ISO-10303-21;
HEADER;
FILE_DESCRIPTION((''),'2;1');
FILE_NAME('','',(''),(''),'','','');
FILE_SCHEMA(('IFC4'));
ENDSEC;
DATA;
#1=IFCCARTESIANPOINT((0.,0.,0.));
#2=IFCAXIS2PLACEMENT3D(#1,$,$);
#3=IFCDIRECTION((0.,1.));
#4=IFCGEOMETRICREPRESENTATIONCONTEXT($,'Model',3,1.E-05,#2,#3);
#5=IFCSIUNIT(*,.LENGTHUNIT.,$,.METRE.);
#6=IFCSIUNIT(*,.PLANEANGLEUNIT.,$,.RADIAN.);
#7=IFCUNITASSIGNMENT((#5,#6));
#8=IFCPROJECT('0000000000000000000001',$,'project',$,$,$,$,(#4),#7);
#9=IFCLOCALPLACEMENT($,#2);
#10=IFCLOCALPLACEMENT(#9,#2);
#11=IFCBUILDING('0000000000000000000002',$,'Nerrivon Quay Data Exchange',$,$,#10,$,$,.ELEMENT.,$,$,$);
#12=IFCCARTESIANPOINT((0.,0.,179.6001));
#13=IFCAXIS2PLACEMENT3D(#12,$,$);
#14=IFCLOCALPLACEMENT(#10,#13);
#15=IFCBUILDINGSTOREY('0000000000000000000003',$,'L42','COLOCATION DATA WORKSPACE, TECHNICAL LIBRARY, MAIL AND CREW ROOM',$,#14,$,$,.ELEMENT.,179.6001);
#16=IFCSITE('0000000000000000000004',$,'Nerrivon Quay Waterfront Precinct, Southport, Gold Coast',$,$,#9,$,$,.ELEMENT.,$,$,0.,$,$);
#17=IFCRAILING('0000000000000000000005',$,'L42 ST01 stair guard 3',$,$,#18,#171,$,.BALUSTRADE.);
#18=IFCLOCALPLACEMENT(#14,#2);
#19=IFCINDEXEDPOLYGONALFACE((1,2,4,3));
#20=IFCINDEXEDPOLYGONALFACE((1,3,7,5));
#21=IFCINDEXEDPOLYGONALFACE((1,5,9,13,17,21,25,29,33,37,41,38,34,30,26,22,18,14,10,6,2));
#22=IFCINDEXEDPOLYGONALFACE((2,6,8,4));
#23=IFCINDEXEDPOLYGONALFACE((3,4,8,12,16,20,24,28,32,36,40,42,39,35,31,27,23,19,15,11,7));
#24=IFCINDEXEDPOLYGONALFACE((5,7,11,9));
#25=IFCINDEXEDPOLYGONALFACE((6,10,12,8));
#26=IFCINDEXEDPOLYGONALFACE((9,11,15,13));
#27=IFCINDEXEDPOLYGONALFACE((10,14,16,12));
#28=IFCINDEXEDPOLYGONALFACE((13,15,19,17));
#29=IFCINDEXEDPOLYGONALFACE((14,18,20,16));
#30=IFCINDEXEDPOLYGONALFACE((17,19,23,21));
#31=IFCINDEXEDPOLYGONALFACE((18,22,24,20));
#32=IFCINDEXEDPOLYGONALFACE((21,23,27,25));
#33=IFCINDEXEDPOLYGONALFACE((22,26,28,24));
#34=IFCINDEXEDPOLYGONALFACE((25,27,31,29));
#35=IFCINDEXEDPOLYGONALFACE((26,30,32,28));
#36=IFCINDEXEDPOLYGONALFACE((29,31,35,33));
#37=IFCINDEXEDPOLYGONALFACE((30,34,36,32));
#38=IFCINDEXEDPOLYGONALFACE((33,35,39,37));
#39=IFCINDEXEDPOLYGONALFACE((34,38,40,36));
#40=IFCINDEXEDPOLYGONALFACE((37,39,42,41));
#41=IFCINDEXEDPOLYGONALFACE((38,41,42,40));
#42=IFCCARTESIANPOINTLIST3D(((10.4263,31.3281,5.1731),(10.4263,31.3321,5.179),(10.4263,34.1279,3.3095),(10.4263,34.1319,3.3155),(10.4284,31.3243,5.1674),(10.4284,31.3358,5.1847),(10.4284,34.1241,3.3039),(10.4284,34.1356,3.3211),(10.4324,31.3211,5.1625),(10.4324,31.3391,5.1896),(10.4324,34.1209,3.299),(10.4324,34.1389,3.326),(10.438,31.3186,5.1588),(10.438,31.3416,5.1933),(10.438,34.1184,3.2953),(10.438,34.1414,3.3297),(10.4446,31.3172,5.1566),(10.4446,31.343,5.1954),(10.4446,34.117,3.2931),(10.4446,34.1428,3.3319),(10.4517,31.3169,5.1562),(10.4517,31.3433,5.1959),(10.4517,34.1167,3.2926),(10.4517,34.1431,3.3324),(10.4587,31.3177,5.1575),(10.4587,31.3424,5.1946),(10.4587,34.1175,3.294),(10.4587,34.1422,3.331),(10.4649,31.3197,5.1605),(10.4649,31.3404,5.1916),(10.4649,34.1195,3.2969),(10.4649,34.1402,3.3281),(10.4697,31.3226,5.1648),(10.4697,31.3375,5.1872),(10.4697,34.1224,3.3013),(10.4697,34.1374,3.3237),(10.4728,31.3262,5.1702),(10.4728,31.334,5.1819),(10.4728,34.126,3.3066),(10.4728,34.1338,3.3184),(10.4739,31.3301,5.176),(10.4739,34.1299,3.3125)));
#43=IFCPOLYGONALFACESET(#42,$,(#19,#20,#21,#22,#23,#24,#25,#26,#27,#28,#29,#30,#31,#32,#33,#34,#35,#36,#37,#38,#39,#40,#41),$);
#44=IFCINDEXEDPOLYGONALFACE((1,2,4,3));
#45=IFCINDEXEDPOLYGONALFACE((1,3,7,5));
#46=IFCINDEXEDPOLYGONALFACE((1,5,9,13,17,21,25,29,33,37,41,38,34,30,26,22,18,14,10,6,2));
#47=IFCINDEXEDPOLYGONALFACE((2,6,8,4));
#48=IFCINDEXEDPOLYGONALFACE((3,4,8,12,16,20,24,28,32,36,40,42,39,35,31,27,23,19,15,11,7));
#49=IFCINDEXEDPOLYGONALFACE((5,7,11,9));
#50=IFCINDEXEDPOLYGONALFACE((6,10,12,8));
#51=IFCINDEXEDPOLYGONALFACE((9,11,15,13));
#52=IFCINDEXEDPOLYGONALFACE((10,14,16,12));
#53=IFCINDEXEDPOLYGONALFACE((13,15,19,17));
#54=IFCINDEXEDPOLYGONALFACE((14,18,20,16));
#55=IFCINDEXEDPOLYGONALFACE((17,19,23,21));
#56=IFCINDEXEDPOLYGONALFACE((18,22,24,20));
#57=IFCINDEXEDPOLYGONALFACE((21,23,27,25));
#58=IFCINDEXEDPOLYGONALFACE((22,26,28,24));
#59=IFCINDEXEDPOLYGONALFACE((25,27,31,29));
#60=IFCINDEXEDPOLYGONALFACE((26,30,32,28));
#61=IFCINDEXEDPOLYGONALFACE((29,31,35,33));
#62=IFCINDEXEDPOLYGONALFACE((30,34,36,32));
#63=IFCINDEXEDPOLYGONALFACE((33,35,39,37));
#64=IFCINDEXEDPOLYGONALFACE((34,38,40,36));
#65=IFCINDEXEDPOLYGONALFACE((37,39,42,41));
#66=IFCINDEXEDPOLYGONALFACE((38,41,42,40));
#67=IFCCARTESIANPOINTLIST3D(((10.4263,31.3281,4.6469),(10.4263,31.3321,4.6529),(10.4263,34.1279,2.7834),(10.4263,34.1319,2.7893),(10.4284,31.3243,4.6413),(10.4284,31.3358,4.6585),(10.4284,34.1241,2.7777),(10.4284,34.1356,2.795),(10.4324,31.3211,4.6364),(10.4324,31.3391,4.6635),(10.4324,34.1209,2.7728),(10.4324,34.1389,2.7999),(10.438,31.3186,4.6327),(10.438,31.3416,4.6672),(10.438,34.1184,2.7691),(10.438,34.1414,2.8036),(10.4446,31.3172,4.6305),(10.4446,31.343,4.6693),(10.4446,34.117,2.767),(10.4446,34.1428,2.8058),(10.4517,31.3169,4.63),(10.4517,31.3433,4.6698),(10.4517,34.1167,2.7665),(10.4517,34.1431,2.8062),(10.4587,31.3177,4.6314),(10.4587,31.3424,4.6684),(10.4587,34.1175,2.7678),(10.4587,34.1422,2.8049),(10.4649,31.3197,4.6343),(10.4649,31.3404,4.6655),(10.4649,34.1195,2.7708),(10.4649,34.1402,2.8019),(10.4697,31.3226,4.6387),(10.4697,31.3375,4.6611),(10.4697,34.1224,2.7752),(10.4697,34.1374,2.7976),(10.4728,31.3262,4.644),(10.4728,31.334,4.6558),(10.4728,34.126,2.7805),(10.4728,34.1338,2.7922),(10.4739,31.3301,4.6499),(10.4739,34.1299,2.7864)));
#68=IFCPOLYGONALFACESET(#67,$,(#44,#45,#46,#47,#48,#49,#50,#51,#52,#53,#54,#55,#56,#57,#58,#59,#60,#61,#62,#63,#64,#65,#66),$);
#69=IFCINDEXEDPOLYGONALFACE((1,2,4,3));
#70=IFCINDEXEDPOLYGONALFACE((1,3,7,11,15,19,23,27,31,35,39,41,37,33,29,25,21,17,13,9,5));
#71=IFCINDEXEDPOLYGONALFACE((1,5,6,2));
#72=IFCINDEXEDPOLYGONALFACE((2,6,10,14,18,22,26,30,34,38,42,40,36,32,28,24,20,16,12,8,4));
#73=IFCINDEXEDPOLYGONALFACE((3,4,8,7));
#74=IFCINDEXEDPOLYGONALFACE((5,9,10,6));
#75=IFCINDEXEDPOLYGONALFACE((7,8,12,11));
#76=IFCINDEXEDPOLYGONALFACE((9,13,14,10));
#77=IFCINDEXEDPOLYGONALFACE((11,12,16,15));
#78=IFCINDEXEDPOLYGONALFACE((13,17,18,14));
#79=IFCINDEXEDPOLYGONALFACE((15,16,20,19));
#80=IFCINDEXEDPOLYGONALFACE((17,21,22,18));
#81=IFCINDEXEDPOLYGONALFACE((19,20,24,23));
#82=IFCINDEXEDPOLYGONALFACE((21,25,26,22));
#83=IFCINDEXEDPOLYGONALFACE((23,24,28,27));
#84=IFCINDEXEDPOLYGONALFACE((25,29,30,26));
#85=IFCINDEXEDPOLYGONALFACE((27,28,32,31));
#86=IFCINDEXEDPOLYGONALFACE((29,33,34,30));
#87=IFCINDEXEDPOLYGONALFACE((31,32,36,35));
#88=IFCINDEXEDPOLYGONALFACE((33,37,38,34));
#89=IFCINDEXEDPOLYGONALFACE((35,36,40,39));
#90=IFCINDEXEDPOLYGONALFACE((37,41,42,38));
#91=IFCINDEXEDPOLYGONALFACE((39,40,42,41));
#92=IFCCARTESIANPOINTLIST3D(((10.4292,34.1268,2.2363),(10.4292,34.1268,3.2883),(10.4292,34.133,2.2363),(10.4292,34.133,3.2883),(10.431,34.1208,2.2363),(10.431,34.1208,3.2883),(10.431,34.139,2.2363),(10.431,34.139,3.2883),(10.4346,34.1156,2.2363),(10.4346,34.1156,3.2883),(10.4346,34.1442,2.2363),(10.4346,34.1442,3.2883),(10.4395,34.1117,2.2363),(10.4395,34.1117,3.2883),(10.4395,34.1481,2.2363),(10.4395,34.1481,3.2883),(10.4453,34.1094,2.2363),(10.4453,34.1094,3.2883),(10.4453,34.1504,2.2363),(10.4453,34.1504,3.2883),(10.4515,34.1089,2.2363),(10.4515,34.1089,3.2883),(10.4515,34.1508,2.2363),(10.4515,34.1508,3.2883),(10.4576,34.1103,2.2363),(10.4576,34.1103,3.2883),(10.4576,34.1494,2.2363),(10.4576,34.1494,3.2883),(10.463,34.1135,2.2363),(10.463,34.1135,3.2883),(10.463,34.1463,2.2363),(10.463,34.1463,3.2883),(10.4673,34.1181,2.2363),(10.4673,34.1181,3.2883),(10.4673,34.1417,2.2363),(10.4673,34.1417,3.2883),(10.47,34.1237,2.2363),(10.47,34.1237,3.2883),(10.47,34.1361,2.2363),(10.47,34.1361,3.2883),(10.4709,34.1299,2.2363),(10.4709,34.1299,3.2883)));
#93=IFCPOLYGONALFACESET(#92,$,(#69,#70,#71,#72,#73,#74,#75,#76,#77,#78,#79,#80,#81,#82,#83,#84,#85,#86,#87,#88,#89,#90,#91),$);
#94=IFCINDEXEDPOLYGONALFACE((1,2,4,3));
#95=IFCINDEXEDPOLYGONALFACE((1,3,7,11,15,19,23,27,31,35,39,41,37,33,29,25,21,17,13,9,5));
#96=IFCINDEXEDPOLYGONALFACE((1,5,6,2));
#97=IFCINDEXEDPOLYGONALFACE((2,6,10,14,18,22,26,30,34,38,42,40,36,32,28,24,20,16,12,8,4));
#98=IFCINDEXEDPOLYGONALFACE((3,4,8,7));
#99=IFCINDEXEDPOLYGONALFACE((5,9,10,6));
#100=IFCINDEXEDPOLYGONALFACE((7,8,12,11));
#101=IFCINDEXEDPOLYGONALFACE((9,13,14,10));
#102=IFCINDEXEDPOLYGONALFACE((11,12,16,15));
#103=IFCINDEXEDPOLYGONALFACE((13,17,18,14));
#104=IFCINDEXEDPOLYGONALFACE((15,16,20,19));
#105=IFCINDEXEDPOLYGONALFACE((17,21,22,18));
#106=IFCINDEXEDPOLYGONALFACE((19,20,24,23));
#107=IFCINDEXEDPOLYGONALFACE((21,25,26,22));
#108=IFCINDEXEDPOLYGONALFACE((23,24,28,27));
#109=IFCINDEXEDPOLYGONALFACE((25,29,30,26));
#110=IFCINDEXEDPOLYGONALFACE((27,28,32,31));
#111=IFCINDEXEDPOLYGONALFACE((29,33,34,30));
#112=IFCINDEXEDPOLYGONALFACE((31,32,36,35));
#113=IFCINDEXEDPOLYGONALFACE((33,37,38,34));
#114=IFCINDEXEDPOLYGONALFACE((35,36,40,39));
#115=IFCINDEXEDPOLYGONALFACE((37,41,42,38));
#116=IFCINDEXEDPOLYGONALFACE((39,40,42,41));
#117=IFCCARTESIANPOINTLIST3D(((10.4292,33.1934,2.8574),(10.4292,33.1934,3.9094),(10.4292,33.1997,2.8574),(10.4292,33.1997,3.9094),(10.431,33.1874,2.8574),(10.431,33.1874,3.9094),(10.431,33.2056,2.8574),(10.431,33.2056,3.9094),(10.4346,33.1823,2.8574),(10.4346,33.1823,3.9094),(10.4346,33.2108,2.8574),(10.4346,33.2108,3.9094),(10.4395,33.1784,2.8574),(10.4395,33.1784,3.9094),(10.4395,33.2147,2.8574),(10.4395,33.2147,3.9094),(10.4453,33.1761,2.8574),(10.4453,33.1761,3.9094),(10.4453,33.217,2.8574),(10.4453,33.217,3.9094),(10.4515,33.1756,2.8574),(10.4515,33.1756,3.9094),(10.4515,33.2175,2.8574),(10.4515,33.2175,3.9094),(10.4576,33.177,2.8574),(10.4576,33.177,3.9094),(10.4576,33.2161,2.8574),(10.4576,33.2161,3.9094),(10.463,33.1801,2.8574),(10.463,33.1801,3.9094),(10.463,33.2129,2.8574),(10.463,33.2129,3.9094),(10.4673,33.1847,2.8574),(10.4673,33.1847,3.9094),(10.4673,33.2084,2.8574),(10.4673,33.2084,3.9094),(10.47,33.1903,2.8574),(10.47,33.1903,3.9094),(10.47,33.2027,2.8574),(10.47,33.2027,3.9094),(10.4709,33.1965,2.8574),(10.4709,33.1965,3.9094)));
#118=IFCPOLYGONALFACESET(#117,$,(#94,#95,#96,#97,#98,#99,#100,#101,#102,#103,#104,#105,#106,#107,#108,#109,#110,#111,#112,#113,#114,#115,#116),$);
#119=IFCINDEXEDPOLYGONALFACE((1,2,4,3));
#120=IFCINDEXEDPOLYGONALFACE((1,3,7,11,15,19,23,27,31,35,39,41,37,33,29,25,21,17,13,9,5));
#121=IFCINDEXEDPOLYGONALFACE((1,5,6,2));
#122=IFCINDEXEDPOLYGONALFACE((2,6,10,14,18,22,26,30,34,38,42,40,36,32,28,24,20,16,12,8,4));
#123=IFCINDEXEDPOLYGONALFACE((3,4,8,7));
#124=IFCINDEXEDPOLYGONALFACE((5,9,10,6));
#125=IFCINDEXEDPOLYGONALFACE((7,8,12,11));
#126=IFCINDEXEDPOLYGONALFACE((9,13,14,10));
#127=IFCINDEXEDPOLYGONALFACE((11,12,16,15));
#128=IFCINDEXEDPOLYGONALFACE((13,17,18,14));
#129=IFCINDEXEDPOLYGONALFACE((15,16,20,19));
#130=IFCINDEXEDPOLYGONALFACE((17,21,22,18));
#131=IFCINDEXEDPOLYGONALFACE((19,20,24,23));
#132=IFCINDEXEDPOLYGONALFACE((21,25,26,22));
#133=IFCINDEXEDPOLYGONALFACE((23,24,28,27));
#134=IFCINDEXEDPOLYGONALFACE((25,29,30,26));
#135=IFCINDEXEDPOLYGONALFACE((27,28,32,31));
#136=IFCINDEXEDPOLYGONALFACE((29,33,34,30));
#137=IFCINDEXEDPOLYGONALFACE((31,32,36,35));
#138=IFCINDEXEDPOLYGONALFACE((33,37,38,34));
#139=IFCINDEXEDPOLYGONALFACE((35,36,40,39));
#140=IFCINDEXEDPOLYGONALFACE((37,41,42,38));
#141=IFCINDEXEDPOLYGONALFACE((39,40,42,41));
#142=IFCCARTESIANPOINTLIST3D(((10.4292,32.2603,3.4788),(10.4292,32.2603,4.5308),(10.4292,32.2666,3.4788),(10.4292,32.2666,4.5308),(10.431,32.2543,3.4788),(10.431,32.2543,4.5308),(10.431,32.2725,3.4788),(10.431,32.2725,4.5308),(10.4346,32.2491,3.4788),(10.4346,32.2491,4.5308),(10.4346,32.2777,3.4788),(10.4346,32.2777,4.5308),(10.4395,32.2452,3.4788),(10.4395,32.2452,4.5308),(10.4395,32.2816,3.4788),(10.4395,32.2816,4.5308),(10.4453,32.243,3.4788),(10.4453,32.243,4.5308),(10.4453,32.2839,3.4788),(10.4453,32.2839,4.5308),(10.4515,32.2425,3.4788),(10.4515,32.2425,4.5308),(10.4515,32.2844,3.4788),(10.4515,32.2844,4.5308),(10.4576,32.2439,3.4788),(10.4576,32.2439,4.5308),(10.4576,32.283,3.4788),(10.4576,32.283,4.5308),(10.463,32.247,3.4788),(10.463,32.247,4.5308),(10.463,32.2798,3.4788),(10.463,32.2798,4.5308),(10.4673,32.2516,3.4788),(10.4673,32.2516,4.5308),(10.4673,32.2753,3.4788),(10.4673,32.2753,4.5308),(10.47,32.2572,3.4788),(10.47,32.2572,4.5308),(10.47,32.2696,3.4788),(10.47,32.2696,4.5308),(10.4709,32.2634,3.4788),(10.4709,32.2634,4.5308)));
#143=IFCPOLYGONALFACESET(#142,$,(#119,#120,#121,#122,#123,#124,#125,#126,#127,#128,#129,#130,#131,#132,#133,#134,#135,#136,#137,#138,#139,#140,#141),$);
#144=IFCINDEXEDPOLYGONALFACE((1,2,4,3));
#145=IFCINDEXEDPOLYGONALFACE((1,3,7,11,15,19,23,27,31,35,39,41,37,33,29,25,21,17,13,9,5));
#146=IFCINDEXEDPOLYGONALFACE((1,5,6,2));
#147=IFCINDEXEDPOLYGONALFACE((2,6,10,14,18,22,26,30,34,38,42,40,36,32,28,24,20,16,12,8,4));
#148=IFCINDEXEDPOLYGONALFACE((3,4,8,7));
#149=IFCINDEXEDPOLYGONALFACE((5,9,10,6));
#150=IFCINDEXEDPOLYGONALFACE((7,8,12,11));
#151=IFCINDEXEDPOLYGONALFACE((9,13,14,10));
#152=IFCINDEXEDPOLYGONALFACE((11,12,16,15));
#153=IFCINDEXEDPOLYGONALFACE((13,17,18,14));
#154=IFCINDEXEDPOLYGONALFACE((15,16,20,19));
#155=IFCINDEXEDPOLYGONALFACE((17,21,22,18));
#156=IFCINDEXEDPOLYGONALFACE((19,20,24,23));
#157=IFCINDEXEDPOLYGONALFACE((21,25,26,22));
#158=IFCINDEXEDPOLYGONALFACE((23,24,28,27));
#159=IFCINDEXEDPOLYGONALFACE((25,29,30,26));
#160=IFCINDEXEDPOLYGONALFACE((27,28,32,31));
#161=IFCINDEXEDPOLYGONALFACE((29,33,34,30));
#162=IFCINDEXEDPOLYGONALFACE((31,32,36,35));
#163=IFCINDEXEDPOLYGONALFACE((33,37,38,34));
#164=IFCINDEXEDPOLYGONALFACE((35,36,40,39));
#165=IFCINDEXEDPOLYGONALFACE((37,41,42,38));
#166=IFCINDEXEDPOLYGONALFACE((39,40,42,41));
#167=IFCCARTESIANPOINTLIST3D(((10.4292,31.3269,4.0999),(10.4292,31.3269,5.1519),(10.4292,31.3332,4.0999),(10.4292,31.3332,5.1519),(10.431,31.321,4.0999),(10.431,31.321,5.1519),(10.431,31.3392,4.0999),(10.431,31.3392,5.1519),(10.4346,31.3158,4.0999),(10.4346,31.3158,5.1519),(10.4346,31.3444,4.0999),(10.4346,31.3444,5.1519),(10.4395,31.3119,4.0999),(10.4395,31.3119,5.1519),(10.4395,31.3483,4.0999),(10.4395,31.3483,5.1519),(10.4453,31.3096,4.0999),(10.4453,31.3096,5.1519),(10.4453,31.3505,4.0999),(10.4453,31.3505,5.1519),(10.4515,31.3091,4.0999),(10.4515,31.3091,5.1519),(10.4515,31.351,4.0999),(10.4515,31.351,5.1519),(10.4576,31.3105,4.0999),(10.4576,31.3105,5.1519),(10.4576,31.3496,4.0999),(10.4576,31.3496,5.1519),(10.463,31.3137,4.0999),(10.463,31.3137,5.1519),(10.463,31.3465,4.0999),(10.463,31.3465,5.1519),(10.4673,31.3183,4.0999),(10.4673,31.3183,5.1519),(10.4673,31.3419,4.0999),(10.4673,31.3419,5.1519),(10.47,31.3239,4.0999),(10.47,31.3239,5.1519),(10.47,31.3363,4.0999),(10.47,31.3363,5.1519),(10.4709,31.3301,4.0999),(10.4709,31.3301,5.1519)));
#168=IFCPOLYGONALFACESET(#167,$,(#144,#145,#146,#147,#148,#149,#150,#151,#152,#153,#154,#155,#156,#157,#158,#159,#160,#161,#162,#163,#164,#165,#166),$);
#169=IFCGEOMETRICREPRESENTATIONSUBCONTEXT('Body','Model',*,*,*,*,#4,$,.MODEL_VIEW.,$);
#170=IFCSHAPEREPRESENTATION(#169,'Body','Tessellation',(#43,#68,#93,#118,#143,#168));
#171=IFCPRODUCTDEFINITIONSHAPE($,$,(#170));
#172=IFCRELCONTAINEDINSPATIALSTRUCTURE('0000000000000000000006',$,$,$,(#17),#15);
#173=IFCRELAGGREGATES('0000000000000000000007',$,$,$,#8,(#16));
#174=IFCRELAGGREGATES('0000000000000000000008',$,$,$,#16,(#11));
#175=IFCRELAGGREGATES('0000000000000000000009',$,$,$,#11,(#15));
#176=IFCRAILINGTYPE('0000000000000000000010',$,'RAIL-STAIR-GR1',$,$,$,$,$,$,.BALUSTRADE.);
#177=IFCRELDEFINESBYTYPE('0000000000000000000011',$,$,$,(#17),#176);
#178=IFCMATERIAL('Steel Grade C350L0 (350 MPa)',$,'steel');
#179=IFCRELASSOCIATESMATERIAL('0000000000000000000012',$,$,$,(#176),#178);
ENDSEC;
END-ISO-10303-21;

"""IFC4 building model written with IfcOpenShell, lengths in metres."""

from ifc_helpers import new_model, si_unit, direction, frame, origin, origin_2d, place, context, subcontext, project, spatial, circle, extrude, material, type_object, element, save


model = new_model("IFC4")

# Units and contexts
model_context = context("Model", 3, precision=1e-05, world=origin(), true_north=direction((0.0, 1.0)))
body_context = subcontext(model_context, "Body", "Model", "MODEL_VIEW")
ifc_project = project(units=[si_unit("LENGTHUNIT", "METRE"), si_unit("PLANEANGLEUNIT", "RADIAN")], contexts=[model_context])

# Site, building, storey
site_placement = place(None, origin())
site = spatial("IfcSite", under=ifc_project, at=site_placement, Name="Nerrivon Quay Waterfront Precinct, Southport, Gold Coast", CompositionType="ELEMENT", RefElevation=0.0)
building_placement = place(site_placement, origin())
building = spatial("IfcBuilding", under=site, at=building_placement, Name="Nerrivon Quay Data Exchange", CompositionType="ELEMENT")
storey_placement = place(building_placement, frame((0.0, 0.0, 179.6001)))
storey = spatial("IfcBuildingStorey", under=building, at=storey_placement, Name="L42", Description="COLOCATION DATA WORKSPACE, TECHNICAL LIBRARY, MAIL AND CREW ROOM", CompositionType="ELEMENT", Elevation=179.6001)

# Railing
ifc_material_1 = material(Name="Steel Grade C350L0 (350 MPa)", Category="steel")
railing_type_1 = type_object("IfcRailingType", Name="RAIL-STAIR-GR1", PredefinedType="BALUSTRADE", material=ifc_material_1)
railing_1_placement = place(storey_placement, frame((10.45, 34.1299, 2.2363)))
element("IfcRailing", 1, at=railing_1_placement, inside=storey, type_object=railing_type_1, Name="L42 ST01 stair guard 3", PredefinedType="BALUSTRADE", context=body_context, shape_type="SweptSolid", body=[
    extrude(circle(Radius=0.0239, at=origin_2d()), frame((0.0, 0.0, 1.0762), z_axis=(0.0, -0.832463, 0.55408), x_axis=(1.0, 0.0, 0.0)), (0.0, 0.0, 1.0), 3.3633),
    extrude(circle(Radius=0.0239, at=origin_2d()), frame((0.0, 0.0, 0.55), z_axis=(0.0, -0.832463, 0.55408), x_axis=(1.0, 0.0, 0.0)), (0.0, 0.0, 1.0), 3.3633),
    extrude(circle(Radius=0.021, at=origin_2d()), origin(), (0.0, 0.0, 1.0), 1.052),
    extrude(circle(Radius=0.021, at=origin_2d()), frame((0.0, -0.9333, 0.6211)), (0.0, 0.0, 1.0), 1.052),
    extrude(circle(Radius=0.021, at=origin_2d()), frame((0.0, -1.8665, 1.2424)), (0.0, 0.0, 1.0), 1.052),
    extrude(circle(Radius=0.021, at=origin_2d()), frame((0.0, -2.7998, 1.8635)), (0.0, 0.0, 1.0), 1.052),
])

save(model, "model.ifc")
